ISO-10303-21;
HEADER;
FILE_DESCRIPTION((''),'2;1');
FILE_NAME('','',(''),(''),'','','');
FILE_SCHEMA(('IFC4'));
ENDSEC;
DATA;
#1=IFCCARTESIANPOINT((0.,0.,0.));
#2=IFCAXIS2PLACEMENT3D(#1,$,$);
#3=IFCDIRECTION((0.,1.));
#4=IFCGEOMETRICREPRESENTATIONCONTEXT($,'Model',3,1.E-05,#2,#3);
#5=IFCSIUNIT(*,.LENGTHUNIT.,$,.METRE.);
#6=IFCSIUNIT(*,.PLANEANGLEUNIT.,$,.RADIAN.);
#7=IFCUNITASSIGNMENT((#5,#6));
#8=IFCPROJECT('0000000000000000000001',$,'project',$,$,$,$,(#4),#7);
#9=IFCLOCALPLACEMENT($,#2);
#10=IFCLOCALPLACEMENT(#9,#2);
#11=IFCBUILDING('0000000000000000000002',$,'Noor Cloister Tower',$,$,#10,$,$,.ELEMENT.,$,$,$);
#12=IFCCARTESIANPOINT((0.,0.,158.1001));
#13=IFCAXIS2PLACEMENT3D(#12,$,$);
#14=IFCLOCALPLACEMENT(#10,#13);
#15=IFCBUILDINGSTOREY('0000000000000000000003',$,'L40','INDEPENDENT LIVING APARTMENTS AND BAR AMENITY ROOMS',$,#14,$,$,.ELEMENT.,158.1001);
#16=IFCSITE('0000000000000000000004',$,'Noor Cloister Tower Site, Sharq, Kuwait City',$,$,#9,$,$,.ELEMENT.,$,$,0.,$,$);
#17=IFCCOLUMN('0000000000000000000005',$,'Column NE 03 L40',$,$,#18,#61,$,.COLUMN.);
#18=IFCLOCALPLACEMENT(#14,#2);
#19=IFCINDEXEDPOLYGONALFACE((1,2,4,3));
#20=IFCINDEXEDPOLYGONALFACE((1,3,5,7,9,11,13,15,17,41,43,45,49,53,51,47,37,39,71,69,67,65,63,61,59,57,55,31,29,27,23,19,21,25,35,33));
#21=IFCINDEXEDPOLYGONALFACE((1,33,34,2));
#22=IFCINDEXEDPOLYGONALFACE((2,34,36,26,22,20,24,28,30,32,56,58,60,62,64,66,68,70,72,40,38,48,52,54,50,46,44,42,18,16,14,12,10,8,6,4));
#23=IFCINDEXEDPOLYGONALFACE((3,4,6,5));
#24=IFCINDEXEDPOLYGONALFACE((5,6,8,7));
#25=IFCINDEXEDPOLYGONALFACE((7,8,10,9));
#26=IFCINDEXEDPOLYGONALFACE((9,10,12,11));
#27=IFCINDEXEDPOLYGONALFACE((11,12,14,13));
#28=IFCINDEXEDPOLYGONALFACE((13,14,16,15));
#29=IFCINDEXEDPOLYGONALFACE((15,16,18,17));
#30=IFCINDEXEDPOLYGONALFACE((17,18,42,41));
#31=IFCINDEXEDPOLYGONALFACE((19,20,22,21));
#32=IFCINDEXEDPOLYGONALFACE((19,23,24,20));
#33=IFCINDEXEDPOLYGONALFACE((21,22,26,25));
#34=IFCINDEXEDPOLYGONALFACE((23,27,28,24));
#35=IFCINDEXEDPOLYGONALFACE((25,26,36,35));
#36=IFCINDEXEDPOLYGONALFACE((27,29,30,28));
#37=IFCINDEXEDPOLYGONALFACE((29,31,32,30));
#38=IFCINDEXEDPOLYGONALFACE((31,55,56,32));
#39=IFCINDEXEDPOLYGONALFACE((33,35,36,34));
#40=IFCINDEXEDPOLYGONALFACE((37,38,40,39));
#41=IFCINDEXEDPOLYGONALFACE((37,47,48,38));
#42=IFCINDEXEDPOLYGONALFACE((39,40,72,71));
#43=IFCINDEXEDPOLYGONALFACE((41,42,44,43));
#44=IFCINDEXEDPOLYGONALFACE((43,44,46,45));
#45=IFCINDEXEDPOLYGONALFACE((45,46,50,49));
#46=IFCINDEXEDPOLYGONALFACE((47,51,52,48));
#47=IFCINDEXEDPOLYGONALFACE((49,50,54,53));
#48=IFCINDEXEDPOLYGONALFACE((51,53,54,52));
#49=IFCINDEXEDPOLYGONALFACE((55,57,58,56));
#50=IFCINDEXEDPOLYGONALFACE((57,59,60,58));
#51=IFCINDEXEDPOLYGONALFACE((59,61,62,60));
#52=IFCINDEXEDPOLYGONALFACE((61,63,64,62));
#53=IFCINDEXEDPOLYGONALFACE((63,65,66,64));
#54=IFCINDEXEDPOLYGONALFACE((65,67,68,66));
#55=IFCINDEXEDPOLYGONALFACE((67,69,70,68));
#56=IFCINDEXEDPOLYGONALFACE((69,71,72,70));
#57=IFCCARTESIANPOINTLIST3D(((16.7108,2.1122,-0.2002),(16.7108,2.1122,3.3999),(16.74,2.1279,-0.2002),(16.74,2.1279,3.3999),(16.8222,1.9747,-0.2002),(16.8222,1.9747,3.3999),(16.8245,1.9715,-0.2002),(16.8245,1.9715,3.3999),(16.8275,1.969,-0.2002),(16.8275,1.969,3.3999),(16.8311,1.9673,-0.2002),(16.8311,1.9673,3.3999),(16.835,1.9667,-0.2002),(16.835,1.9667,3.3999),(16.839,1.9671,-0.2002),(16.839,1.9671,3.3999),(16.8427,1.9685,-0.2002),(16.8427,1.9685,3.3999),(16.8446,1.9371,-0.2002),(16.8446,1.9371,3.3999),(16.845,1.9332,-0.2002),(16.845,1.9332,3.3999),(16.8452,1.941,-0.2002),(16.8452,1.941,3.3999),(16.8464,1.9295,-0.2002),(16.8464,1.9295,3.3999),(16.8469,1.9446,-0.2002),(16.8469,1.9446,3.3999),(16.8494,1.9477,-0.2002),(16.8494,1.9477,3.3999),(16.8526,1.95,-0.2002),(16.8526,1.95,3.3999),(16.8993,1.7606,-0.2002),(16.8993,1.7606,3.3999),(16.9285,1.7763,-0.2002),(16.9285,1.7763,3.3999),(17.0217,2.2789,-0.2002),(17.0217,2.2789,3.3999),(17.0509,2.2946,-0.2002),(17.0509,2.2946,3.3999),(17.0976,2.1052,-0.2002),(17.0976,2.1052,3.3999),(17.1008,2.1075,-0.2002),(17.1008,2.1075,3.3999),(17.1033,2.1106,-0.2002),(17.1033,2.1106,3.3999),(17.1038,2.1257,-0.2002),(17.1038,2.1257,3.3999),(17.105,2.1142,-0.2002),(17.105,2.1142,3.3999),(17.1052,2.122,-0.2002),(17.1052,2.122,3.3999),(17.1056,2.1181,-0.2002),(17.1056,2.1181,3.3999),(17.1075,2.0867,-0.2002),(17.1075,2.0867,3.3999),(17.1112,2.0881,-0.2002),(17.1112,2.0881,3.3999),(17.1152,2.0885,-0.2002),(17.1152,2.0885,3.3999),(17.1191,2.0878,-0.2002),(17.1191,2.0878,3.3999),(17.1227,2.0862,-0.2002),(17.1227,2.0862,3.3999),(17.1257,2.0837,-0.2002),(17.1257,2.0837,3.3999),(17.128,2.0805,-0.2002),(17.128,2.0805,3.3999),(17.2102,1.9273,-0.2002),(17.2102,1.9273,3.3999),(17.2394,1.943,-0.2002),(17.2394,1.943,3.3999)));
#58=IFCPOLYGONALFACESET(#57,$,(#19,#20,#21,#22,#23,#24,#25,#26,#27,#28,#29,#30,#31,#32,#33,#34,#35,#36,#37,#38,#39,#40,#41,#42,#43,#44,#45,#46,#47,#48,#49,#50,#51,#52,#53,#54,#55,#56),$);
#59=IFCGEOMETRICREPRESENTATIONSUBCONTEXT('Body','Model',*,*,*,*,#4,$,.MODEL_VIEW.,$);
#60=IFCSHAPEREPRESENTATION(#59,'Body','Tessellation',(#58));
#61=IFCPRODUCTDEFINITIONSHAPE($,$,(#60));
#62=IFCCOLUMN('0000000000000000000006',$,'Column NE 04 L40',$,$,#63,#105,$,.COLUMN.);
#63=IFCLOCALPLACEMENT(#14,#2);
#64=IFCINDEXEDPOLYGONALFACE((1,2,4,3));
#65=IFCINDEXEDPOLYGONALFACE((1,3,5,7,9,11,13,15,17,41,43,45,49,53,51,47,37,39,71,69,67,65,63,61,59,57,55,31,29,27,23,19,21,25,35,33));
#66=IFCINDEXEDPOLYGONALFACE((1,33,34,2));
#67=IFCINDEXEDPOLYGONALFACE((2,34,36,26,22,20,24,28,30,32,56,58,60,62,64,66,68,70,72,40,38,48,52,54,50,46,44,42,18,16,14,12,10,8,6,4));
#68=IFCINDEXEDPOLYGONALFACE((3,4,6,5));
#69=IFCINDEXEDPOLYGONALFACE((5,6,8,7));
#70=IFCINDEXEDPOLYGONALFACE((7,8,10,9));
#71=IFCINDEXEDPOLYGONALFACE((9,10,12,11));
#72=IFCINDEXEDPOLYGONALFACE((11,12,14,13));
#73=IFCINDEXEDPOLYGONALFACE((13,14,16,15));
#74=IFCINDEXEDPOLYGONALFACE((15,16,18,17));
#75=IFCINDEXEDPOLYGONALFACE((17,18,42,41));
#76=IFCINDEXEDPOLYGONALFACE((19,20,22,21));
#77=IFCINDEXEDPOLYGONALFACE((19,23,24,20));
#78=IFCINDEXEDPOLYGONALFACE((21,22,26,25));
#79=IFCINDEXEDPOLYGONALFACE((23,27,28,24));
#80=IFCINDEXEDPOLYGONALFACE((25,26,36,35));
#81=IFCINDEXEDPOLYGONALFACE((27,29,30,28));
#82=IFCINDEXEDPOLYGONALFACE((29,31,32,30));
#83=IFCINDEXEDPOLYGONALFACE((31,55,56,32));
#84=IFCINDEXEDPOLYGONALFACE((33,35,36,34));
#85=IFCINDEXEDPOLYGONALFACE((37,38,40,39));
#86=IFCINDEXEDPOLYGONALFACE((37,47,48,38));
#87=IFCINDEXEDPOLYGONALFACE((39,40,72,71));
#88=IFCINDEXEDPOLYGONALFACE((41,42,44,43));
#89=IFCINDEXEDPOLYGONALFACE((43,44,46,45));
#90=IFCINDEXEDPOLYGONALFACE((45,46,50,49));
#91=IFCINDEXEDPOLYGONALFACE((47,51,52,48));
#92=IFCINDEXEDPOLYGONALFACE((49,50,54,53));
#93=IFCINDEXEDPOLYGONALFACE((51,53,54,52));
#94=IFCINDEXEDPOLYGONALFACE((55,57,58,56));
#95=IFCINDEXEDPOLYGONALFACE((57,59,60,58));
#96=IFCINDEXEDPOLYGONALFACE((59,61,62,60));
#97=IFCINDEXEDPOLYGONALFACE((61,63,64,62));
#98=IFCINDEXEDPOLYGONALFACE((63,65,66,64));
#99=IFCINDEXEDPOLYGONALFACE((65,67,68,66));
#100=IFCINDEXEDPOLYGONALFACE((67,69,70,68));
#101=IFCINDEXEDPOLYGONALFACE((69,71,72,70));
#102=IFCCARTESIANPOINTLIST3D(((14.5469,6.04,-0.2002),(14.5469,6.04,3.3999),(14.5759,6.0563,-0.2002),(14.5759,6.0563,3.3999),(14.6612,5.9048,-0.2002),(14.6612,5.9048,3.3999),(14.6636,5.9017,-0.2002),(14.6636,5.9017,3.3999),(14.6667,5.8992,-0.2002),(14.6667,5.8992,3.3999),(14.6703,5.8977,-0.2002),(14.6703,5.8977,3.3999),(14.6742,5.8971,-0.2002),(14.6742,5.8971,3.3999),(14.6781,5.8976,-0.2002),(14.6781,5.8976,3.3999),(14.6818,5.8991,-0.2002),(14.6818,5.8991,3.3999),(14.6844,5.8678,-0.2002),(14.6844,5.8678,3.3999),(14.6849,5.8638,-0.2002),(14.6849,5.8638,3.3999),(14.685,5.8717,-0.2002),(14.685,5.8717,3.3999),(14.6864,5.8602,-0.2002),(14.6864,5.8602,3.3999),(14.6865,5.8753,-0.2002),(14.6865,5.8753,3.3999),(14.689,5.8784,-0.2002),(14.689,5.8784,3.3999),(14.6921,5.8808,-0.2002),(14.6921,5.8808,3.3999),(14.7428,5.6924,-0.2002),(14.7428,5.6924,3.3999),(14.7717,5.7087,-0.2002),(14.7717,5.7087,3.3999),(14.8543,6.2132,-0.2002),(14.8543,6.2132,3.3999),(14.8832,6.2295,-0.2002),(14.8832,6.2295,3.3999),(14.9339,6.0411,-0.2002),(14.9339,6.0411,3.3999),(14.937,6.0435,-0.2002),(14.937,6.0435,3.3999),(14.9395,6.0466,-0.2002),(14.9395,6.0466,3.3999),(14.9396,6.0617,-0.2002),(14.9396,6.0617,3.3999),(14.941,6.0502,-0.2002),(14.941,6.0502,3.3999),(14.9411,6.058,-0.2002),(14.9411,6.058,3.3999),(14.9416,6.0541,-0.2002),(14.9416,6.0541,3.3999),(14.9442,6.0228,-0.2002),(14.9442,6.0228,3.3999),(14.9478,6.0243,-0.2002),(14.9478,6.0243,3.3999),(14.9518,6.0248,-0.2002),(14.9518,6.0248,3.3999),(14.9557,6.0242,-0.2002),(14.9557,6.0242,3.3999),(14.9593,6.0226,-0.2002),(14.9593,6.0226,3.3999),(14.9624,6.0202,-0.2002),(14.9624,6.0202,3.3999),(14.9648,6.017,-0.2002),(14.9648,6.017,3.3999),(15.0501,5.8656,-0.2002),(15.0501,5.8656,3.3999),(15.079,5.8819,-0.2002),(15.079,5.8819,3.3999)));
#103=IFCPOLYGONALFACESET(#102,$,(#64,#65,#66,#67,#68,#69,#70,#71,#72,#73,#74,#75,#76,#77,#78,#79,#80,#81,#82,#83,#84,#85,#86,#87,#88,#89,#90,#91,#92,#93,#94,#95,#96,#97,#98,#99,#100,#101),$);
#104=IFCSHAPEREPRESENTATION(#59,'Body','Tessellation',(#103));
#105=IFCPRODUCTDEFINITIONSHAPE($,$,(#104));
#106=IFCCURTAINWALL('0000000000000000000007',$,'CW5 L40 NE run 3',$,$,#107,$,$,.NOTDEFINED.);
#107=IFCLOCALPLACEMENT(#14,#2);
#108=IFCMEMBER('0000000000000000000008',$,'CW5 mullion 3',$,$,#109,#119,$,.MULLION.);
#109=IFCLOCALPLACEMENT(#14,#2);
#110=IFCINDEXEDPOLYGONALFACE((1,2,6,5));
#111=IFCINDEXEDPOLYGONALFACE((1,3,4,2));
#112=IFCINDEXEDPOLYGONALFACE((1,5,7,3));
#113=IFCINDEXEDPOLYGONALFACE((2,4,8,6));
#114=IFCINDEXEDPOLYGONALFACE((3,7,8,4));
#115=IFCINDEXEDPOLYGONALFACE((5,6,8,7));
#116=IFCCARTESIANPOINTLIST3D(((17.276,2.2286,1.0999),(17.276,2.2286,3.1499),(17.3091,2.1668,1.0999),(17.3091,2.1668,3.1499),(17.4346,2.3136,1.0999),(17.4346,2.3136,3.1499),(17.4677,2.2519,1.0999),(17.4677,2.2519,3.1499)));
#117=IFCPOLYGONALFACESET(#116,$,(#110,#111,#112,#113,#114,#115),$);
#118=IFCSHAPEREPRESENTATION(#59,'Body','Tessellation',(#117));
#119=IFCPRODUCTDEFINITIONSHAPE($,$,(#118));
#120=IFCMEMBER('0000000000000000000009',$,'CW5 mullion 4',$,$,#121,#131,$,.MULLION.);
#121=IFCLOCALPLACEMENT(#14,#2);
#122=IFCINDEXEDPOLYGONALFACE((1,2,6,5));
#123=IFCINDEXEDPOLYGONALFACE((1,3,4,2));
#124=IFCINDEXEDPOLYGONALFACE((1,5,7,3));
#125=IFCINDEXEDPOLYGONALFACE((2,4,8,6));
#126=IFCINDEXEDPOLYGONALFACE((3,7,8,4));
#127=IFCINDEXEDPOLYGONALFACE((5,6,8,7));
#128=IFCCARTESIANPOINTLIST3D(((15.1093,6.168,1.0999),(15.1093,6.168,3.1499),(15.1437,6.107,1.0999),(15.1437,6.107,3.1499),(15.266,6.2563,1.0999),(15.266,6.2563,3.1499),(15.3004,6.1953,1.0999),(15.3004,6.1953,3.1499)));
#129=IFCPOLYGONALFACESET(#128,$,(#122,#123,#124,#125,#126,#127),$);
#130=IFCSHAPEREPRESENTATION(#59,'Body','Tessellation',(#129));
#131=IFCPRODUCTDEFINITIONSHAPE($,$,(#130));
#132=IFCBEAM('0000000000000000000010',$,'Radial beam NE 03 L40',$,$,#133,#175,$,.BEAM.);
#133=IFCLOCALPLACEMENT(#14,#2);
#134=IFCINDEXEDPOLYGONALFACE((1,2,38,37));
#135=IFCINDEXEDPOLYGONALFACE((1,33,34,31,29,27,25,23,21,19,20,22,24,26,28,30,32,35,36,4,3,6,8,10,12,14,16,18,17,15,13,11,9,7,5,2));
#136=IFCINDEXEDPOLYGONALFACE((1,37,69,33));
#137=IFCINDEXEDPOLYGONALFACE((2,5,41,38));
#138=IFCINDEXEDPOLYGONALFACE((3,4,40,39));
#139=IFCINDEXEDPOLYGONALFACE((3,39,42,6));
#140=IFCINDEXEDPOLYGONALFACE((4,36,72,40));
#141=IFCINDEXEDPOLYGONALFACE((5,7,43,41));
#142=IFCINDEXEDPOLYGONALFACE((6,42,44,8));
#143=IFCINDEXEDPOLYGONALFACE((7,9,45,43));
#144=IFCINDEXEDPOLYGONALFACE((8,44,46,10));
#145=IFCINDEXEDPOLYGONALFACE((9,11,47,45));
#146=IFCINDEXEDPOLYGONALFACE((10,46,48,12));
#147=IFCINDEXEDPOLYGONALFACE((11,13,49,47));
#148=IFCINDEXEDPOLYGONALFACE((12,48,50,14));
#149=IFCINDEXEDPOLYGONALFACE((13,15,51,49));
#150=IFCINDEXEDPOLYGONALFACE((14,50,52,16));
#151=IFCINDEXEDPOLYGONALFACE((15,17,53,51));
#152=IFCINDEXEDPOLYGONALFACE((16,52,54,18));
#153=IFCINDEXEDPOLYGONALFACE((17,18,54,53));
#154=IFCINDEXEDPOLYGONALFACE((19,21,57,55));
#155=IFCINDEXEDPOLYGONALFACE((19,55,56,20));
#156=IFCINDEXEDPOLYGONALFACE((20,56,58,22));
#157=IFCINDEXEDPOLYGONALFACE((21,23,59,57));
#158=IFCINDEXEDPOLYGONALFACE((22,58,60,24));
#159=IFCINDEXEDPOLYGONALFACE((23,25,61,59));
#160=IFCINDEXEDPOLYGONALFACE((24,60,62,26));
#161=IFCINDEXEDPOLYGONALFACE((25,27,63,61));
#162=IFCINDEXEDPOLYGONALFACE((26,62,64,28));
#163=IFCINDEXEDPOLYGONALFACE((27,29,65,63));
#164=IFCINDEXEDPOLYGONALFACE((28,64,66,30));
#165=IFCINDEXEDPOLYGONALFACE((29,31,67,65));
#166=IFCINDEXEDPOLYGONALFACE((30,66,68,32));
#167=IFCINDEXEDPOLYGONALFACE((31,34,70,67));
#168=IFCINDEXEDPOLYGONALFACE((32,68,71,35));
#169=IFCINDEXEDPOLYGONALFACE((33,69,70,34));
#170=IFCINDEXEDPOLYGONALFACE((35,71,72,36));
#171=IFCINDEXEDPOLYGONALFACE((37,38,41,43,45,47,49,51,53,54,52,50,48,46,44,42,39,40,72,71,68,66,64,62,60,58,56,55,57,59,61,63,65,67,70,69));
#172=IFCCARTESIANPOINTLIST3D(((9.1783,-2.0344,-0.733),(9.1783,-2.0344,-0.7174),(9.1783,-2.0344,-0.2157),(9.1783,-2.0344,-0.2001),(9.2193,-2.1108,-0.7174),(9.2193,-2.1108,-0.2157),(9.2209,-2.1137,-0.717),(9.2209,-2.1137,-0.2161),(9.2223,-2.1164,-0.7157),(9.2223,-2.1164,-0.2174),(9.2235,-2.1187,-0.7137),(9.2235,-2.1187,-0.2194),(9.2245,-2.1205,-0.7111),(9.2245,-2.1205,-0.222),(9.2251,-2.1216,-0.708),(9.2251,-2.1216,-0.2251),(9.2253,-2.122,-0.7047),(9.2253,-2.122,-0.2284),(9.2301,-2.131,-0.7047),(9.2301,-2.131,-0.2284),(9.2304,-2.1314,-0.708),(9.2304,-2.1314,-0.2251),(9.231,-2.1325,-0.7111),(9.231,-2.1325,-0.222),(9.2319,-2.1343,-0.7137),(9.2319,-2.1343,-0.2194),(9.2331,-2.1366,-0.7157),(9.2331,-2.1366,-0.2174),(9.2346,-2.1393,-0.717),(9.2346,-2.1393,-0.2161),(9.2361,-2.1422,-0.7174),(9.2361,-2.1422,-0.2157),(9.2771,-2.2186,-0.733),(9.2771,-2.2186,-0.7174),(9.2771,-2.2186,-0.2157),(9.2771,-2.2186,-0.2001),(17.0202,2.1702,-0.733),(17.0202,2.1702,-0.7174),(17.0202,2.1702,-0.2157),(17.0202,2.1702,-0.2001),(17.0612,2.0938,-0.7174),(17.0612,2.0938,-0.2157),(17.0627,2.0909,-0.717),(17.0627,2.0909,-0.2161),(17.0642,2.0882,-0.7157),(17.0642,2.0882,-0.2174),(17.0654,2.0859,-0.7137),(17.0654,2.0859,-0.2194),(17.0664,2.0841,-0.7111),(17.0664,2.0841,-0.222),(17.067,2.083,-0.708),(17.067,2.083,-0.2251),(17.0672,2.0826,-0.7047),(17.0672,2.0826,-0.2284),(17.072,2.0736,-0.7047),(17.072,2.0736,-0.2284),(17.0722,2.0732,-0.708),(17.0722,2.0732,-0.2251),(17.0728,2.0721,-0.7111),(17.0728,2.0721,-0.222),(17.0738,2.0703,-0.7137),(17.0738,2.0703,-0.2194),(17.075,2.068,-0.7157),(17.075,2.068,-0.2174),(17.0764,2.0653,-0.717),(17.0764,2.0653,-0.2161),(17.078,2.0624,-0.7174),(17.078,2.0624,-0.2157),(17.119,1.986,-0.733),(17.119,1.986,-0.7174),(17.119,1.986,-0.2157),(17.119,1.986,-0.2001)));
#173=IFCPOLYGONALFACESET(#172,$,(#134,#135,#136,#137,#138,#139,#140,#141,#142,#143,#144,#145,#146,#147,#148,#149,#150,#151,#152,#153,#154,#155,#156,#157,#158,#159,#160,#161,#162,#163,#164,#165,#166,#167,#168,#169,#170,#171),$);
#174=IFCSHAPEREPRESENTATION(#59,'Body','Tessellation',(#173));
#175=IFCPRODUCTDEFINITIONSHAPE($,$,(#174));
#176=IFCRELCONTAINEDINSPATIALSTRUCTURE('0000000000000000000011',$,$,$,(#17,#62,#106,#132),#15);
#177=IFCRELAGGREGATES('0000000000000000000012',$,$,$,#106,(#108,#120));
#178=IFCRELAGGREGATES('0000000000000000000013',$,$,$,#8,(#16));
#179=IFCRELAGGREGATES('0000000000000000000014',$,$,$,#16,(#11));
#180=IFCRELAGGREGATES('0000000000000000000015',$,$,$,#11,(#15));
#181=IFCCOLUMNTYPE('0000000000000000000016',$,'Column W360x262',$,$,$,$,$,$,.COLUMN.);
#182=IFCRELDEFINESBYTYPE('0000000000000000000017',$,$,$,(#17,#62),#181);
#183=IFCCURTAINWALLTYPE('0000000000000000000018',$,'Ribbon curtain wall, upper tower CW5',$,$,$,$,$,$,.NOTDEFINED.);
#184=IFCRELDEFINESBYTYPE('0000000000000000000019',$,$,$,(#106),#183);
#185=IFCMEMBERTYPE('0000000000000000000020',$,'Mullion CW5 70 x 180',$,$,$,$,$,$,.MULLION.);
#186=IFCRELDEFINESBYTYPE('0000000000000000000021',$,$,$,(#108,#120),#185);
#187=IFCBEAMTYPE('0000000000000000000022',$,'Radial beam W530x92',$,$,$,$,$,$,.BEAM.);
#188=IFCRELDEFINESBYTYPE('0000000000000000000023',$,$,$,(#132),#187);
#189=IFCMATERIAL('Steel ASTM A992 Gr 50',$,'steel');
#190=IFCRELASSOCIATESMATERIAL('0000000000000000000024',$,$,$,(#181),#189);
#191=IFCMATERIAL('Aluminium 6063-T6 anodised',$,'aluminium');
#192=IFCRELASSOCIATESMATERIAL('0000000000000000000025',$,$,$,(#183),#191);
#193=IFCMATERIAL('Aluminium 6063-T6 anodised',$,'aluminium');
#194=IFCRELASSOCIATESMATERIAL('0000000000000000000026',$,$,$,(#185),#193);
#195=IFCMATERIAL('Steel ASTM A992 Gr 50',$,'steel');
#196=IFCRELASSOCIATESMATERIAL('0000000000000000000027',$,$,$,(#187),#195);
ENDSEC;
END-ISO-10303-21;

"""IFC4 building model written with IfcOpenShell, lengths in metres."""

from ifc_helpers import new_model, si_unit, direction, frame, origin, origin_2d, place, context, subcontext, project, spatial, rectangle, i_section, extrude, material, material_profile, profile_set, type_object, element, aggregate, save


model = new_model("IFC4")

# Units and contexts
model_context = context("Model", 3, precision=1e-05, world=origin(), true_north=direction((0.0, 1.0)))
body_context = subcontext(model_context, "Body", "Model", "MODEL_VIEW")
ifc_project = project(units=[si_unit("LENGTHUNIT", "METRE"), si_unit("PLANEANGLEUNIT", "RADIAN")], contexts=[model_context])

# Site, building, storey
site_placement = place(None, origin())
site = spatial("IfcSite", under=ifc_project, at=site_placement, Name="Noor Cloister Tower Site, Sharq, Kuwait City", CompositionType="ELEMENT", RefElevation=0.0)
building_placement = place(site_placement, origin())
building = spatial("IfcBuilding", under=site, at=building_placement, Name="Noor Cloister Tower", CompositionType="ELEMENT")
storey_placement = place(building_placement, frame((0.0, 0.0, 158.1001)))
storey = spatial("IfcBuildingStorey", under=building, at=storey_placement, Name="L40", Description="INDEPENDENT LIVING APARTMENTS AND BAR AMENITY ROOMS", CompositionType="ELEMENT", Elevation=158.1001)

# Columns
ifc_material_1 = material(Name="Steel ASTM A992 Gr 50", Category="steel")
ifc_material_profile_1 = material_profile(ifc_material_1, i_section(OverallWidth=0.3989, OverallDepth=0.386, WebThickness=0.021, FlangeThickness=0.0332, FilletRadius=0.0151, at=origin_2d()), Name="W360x262")
ifc_profile_set_1 = profile_set([ifc_material_profile_1], Name="Steel ASTM A992 Gr 50")
column_type = type_object("IfcColumnType", Name="Column W360x262", PredefinedType="COLUMN", material=ifc_profile_set_1)
for number, where, z_axis, x_axis, name in (
    (1, (16.9751, 2.0276, -0.2002), (0.0, 0.0, 1.0), (-0.472548, 0.881305, 0.0), "Column NE 03 L40"),
    (2, (14.813, 5.9609, -0.2002), (0.0, 0.0, 1.0), (-0.490903, 0.871214, 0.0), "Column NE 04 L40"),
):
    element("IfcColumn", number, at=place(storey_placement, frame(where, z_axis=z_axis, x_axis=x_axis)), inside=storey, type_object=column_type, Name=name, PredefinedType="COLUMN", context=body_context, shape_type="SweptSolid", body=[
        extrude(i_section(OverallWidth=0.3989, OverallDepth=0.386, WebThickness=0.021, FlangeThickness=0.0332, FilletRadius=0.0151, at=origin_2d()), origin(), (0.0, 0.0, 1.0), 3.6001),
    ])

# Curtain wall, members
ifc_material_2 = material(Name="Aluminium 6063-T6 anodised", Category="aluminium")
curtain_wall_type = type_object("IfcCurtainWallType", Name="Ribbon curtain wall, upper tower CW5", PredefinedType="NOTDEFINED", material=ifc_material_2)
curtain_wall_placement = place(storey_placement, origin())
curtain_wall = element("IfcCurtainWall", 3, at=curtain_wall_placement, inside=storey, type_object=curtain_wall_type, Name="CW5 L40 NE run 3", PredefinedType="NOTDEFINED")
ifc_material_3 = material(Name="Aluminium 6063-T6 anodised", Category="aluminium")
ifc_material_profile_2 = material_profile(ifc_material_3, rectangle(XDim=0.1799, YDim=0.0701, at=origin_2d()), Name="180 x 70 mullion")
ifc_profile_set_2 = profile_set([ifc_material_profile_2], Name="Aluminium 6063-T6 anodised")
member_type = type_object("IfcMemberType", Name="Mullion CW5 70 x 180", PredefinedType="MULLION", material=ifc_profile_set_2)
member_1_placement = place(storey_placement, frame((17.3718, 2.2402, 1.0999), z_axis=(0.0, 0.0, 1.0), x_axis=(-0.881305, -0.472548, 0.0)))
member_1 = element("IfcMember", 4, at=member_1_placement, type_object=member_type, Name="CW5 mullion 3", PredefinedType="MULLION", context=body_context, shape_type="SweptSolid", body=[
    extrude(rectangle(XDim=0.1799, YDim=0.0701, at=origin_2d()), origin(), (0.0, 0.0, 1.0), 2.05),
])
member_2_placement = place(storey_placement, frame((15.2048, 6.1816, 1.0999), z_axis=(0.0, 0.0, 1.0), x_axis=(-0.871214, -0.490903, 0.0)))
member_2 = element("IfcMember", 5, at=member_2_placement, type_object=member_type, Name="CW5 mullion 4", PredefinedType="MULLION", context=body_context, shape_type="SweptSolid", body=[
    extrude(rectangle(XDim=0.1799, YDim=0.0701, at=origin_2d()), origin(), (0.0, 0.0, 1.0), 2.05),
])

# Beam
ifc_material_4 = material(Name="Steel ASTM A992 Gr 50", Category="steel")
ifc_material_profile_3 = material_profile(ifc_material_4, i_section(OverallWidth=0.209, OverallDepth=0.533, WebThickness=0.0103, FlangeThickness=0.0156, FilletRadius=0.0127, at=origin_2d()), Name="W530x92")
ifc_profile_set_3 = profile_set([ifc_material_profile_3], Name="Steel ASTM A992 Gr 50")
beam_type_1 = type_object("IfcBeamType", Name="Radial beam W530x92", PredefinedType="BEAM", material=ifc_profile_set_3)
beam_1_placement = place(storey_placement, frame((17.0696, 2.0781, -0.4666), z_axis=(-0.88131, -0.472538, 0.0), x_axis=(0.472538, -0.88131, 0.0)))
element("IfcBeam", 6, at=beam_1_placement, inside=storey, type_object=beam_type_1, Name="Radial beam NE 03 L40", PredefinedType="BEAM", context=body_context, shape_type="SweptSolid", body=[
    extrude(i_section(OverallWidth=0.209, OverallDepth=0.533, WebThickness=0.0103, FlangeThickness=0.0156, FilletRadius=0.0127, at=origin_2d()), origin(), (0.0, 0.0, 1.0), 8.8979),
])

aggregate(curtain_wall, [member_1, member_2])

save(model, "model.ifc")
